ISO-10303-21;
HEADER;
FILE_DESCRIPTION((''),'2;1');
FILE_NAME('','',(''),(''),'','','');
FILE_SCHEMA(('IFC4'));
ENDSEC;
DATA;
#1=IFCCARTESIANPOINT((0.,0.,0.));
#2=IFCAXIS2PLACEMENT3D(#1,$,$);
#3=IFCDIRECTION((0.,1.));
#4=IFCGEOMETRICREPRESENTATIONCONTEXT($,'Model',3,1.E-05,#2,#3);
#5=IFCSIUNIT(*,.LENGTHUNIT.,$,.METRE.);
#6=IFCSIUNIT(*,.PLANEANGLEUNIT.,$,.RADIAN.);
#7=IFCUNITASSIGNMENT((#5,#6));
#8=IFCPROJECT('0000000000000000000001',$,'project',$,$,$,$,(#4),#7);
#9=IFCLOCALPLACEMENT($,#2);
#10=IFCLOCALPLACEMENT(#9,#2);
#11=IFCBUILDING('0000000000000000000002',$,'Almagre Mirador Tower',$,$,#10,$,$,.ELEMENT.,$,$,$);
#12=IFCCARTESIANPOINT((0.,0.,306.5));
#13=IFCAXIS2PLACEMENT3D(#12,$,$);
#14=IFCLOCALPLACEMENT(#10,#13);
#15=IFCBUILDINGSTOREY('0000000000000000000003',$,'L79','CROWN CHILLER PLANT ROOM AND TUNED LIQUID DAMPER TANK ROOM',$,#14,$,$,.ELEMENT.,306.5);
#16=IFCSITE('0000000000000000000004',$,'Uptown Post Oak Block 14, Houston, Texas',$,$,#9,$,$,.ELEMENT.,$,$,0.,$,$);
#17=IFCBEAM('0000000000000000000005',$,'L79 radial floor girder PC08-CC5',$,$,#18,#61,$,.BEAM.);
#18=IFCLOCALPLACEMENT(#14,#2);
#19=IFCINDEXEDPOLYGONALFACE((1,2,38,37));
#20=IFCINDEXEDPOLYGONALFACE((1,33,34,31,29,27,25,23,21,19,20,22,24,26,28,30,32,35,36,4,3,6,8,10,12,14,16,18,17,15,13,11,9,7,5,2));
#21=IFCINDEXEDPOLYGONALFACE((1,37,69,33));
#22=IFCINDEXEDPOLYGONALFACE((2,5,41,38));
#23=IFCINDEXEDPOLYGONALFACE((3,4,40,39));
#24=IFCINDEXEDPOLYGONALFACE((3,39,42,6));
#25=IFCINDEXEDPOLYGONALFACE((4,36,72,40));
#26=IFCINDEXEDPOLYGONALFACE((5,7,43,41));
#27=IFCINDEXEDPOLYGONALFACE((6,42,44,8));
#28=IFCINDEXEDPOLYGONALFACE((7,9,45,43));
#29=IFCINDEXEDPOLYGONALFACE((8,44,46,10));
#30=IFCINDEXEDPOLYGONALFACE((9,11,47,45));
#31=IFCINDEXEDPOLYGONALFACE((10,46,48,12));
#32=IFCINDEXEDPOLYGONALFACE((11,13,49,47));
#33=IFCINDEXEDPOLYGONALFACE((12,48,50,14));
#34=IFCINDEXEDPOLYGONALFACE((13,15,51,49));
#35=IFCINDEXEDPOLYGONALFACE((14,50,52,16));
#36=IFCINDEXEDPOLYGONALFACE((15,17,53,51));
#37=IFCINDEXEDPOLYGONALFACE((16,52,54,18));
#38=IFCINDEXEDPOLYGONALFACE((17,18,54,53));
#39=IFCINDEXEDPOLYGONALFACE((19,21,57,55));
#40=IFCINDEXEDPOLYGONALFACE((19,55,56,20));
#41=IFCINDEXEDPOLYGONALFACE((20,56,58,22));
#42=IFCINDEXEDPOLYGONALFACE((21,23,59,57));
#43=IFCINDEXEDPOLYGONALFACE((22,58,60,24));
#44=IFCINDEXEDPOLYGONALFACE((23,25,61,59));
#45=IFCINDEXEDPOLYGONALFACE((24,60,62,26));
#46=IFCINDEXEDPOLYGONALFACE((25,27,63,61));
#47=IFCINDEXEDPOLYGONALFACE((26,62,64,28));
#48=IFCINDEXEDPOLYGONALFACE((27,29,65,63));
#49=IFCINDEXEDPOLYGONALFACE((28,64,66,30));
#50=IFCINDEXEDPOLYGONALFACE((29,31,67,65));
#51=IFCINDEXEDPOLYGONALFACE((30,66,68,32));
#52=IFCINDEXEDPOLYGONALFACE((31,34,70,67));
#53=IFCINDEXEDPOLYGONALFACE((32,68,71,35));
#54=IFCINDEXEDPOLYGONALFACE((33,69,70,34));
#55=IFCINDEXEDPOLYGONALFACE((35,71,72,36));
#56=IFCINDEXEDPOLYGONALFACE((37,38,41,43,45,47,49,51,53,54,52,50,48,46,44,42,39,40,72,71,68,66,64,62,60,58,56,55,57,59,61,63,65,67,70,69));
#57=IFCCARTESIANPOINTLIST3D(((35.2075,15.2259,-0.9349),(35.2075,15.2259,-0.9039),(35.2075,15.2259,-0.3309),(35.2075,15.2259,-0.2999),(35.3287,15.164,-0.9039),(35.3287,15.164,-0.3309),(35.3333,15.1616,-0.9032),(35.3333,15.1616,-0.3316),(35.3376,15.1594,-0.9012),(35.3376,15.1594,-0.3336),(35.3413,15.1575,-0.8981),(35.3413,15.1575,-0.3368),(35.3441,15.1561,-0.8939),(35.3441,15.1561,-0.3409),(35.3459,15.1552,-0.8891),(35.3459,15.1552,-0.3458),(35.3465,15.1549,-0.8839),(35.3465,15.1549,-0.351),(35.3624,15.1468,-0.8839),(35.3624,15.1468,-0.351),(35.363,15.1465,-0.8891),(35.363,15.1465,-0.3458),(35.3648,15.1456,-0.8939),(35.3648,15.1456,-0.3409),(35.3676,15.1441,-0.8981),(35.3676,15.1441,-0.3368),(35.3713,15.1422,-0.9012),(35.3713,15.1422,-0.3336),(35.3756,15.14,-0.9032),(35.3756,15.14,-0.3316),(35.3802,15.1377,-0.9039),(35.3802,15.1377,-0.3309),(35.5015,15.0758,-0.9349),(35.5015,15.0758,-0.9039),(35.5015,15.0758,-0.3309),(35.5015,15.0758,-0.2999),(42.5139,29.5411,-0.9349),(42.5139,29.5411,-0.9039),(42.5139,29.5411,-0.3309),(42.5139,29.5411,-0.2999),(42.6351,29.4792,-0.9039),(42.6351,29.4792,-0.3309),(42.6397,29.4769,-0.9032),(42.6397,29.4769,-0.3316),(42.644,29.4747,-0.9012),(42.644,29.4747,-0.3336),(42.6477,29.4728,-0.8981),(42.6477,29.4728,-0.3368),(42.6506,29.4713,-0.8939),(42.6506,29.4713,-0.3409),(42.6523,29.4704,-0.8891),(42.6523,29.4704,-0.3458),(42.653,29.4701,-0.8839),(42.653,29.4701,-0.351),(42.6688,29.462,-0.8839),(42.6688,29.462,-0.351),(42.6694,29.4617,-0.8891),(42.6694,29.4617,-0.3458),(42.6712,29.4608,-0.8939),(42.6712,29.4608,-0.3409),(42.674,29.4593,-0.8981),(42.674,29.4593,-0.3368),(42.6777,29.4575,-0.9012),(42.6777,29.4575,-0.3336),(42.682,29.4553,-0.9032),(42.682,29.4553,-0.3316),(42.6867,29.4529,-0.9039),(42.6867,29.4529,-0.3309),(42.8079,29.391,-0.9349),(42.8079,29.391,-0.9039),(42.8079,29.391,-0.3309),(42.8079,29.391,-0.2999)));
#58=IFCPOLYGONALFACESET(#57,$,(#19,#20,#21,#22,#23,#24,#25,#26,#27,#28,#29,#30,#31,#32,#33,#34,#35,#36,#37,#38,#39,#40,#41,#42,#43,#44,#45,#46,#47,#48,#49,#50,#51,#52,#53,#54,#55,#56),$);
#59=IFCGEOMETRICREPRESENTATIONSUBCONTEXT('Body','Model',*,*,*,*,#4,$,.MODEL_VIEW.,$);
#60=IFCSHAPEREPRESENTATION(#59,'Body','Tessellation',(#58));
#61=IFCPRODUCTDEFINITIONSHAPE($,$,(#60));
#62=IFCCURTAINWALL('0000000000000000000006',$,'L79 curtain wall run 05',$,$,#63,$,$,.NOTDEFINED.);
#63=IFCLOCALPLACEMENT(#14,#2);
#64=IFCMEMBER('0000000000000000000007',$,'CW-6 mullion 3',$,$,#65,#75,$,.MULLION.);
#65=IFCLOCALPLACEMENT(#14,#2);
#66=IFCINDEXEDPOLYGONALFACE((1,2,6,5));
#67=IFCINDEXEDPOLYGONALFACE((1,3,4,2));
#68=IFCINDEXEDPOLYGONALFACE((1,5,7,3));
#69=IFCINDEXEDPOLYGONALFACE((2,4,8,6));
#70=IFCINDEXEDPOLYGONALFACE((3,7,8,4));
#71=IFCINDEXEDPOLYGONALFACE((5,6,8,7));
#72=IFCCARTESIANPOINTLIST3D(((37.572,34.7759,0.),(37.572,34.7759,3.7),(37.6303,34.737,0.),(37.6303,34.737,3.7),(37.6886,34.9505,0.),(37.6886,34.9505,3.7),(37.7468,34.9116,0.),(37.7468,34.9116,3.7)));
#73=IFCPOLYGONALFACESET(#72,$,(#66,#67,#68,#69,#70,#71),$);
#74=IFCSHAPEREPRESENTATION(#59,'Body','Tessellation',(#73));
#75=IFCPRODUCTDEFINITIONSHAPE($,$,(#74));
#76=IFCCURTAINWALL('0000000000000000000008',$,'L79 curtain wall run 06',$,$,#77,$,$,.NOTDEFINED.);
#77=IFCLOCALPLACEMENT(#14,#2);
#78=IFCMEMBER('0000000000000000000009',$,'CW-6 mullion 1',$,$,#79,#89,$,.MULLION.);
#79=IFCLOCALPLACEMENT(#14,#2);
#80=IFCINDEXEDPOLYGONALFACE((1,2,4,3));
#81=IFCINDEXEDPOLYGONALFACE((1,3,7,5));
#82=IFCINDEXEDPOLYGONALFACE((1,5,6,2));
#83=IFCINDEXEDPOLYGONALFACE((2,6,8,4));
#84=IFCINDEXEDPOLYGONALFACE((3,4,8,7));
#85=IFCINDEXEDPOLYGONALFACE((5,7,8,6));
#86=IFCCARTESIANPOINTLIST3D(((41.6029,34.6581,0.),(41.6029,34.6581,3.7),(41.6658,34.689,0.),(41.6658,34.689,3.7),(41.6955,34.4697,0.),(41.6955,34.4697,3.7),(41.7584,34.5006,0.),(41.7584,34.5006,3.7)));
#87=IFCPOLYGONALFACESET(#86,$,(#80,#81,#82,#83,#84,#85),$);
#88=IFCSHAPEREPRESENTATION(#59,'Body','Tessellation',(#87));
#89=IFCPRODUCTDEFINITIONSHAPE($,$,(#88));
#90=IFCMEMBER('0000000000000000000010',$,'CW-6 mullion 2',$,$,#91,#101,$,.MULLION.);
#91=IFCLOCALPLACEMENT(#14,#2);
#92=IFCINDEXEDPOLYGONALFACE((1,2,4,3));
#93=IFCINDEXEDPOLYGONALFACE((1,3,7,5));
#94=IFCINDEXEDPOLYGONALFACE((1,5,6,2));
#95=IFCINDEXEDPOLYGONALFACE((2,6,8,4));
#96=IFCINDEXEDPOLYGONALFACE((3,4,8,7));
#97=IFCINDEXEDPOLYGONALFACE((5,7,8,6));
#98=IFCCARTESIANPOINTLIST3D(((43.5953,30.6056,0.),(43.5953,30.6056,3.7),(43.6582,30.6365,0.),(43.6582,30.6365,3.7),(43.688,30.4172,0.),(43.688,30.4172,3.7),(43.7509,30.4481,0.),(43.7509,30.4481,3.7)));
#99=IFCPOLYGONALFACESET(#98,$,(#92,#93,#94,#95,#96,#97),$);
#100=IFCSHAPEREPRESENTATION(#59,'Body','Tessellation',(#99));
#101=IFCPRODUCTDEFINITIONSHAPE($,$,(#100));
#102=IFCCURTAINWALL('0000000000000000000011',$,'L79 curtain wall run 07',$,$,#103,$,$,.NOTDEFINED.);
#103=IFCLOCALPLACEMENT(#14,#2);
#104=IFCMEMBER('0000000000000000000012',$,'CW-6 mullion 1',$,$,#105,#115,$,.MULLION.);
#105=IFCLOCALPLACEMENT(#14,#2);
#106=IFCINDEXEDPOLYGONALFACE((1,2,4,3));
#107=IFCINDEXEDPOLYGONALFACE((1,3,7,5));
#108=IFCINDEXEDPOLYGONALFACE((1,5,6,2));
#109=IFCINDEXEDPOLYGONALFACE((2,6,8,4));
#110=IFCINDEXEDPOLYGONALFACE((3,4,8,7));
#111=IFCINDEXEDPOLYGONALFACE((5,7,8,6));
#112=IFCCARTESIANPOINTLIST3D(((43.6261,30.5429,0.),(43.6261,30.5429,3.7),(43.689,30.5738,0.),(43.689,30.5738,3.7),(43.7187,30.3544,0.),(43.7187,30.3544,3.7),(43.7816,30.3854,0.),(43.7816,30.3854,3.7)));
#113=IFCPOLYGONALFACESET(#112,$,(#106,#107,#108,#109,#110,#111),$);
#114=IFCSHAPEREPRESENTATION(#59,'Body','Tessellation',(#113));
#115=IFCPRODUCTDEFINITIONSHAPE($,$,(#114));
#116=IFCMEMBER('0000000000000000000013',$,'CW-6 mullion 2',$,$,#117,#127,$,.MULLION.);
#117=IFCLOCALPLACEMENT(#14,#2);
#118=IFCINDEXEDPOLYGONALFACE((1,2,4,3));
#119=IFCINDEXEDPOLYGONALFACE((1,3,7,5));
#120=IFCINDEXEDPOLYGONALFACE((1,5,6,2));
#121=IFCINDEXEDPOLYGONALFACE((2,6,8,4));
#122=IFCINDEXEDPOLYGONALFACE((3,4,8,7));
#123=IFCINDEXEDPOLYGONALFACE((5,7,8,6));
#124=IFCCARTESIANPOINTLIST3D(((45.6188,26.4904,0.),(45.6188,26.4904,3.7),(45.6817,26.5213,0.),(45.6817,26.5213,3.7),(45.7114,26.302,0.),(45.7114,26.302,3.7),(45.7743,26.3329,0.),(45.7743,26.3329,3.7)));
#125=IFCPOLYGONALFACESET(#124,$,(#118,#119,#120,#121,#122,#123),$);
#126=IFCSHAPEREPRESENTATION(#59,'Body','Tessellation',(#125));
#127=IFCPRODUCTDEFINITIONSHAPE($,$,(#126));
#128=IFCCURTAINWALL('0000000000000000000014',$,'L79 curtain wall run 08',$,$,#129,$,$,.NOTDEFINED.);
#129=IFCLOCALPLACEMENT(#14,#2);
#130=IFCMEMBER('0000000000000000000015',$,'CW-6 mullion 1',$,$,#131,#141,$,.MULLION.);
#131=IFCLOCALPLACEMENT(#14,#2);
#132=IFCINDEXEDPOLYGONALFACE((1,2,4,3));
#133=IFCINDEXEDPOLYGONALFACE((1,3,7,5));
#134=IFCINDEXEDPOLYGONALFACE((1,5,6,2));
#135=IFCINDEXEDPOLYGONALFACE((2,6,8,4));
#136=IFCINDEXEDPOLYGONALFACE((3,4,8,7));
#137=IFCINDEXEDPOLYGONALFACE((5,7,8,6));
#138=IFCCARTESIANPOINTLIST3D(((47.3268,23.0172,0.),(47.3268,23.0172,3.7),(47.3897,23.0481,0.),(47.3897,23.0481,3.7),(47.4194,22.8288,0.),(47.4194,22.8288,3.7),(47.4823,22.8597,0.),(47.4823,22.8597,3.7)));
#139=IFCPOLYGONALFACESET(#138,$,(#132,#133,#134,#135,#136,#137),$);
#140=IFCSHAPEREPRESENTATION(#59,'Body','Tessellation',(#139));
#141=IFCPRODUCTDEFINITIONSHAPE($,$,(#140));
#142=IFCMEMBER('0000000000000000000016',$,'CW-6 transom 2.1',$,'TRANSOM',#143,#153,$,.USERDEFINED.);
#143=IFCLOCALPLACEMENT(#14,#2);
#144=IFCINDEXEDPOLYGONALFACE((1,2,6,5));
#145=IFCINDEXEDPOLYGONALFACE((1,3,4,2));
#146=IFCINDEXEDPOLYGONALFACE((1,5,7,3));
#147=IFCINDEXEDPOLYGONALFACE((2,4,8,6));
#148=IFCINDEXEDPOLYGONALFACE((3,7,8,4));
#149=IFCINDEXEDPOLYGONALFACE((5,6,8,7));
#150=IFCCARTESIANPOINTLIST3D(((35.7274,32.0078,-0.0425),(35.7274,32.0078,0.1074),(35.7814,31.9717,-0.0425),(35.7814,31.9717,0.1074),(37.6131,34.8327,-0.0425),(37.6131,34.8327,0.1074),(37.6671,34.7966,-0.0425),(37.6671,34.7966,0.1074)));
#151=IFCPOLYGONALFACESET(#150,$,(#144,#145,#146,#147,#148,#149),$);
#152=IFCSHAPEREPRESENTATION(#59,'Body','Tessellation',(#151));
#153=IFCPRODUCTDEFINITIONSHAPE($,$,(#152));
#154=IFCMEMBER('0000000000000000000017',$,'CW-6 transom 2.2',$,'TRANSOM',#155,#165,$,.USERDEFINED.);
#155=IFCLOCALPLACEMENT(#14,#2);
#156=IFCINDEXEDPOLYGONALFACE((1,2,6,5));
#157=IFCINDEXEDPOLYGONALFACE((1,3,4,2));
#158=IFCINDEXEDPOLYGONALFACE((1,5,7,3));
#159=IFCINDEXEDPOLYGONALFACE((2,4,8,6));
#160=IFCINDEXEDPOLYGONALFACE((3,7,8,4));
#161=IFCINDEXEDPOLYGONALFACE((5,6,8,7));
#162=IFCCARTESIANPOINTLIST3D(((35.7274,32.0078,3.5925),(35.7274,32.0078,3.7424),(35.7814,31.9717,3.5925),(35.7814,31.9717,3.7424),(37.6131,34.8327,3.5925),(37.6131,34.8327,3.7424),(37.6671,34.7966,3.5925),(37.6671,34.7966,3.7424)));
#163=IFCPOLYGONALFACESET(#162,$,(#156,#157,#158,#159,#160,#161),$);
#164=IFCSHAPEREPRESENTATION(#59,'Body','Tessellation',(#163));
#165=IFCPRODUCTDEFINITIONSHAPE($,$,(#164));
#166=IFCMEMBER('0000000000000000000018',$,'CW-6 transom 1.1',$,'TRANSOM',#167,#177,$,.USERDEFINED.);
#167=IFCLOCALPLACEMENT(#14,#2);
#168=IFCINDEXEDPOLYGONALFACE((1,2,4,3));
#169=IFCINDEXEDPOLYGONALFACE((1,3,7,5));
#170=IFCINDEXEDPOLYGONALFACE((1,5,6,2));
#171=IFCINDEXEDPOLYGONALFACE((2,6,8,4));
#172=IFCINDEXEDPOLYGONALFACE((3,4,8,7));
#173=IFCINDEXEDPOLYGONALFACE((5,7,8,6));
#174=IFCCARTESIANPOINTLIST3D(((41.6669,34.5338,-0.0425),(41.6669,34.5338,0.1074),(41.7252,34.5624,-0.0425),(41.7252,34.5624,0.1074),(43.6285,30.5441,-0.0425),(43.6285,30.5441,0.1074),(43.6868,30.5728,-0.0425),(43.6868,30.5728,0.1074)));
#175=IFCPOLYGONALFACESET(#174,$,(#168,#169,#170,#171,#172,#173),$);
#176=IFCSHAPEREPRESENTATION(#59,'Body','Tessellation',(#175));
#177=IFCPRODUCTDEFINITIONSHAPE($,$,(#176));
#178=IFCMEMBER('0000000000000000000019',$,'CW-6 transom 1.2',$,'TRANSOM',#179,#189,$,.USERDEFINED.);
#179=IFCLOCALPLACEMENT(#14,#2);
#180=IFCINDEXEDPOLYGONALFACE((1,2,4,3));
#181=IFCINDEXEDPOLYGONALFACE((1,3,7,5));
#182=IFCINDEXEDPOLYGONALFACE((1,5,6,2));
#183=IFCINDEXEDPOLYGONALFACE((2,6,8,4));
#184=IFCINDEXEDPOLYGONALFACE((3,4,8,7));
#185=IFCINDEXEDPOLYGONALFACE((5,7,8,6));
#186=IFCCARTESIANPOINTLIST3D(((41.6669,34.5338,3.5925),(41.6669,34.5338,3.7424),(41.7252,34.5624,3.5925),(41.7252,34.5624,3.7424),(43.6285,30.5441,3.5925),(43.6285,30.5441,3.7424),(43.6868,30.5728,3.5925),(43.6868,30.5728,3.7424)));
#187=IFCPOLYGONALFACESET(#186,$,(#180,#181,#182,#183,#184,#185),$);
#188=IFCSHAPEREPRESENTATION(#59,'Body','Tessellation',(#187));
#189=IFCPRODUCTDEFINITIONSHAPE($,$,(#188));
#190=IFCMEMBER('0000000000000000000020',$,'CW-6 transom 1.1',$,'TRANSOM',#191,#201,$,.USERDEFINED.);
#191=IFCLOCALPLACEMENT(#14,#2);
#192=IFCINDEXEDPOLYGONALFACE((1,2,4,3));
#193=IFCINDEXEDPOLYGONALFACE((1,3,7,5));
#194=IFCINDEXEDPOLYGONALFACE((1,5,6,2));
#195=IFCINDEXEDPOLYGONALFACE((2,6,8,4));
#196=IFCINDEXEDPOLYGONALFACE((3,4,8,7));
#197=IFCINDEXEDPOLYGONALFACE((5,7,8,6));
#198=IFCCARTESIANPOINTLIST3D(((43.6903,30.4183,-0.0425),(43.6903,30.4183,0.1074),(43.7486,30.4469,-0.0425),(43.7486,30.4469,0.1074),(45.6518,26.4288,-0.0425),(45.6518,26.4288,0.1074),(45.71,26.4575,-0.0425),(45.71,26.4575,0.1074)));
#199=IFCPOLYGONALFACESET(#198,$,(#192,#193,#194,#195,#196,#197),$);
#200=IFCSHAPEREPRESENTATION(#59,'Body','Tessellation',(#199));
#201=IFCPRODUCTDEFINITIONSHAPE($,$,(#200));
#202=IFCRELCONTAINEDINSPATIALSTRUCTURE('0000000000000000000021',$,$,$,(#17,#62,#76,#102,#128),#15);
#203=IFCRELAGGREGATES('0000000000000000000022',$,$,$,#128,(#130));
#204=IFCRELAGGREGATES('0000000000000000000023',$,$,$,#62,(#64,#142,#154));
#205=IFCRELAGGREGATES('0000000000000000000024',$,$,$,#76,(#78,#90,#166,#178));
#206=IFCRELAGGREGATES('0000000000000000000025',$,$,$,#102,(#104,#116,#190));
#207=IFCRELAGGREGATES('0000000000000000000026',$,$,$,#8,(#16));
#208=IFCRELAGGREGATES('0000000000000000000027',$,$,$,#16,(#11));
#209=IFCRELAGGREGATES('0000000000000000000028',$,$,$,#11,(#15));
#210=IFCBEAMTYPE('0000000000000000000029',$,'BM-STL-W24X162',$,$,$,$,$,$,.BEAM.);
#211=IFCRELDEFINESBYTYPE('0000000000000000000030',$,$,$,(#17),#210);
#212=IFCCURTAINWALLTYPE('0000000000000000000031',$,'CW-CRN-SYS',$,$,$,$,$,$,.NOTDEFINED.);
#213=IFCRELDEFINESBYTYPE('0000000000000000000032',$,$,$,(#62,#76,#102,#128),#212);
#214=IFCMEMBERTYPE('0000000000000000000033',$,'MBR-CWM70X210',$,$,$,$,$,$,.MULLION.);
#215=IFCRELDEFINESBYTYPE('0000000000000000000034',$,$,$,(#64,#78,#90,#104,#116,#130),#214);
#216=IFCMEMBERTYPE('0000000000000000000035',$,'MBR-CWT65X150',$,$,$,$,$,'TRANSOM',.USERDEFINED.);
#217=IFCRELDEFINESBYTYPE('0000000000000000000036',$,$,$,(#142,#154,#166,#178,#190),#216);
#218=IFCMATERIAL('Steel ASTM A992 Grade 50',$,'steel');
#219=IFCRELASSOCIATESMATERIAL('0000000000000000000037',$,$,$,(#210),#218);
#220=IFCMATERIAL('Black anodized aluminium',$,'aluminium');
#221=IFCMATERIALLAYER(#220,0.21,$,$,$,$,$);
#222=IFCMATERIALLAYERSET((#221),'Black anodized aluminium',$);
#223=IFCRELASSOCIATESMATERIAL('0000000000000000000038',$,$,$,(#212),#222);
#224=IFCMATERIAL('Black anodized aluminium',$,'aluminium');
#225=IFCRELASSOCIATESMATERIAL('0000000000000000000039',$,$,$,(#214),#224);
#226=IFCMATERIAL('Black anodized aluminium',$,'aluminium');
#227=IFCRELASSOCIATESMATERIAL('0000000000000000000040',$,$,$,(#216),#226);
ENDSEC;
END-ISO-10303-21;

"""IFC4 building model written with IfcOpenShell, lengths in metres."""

from ifc_helpers import new_model, si_unit, direction, frame, origin, origin_2d, place, context, subcontext, project, spatial, rectangle, i_section, extrude, material, layer, layer_set, material_profile, profile_set, type_object, element, aggregate, save


model = new_model("IFC4")

# Units and contexts
model_context = context("Model", 3, precision=1e-05, world=origin(), true_north=direction((0.0, 1.0)))
body_context = subcontext(model_context, "Body", "Model", "MODEL_VIEW")
ifc_project = project(units=[si_unit("LENGTHUNIT", "METRE"), si_unit("PLANEANGLEUNIT", "RADIAN")], contexts=[model_context])

# Site, building, storey
site_placement = place(None, origin())
site = spatial("IfcSite", under=ifc_project, at=site_placement, Name="Uptown Post Oak Block 14, Houston, Texas", CompositionType="ELEMENT", RefElevation=0.0)
building_placement = place(site_placement, origin())
building = spatial("IfcBuilding", under=site, at=building_placement, Name="Almagre Mirador Tower", CompositionType="ELEMENT")
storey_placement = place(building_placement, frame((0.0, 0.0, 306.5)))
storey = spatial("IfcBuildingStorey", under=building, at=storey_placement, Name="L79", Description="CROWN CHILLER PLANT ROOM AND TUNED LIQUID DAMPER TANK ROOM", CompositionType="ELEMENT", Elevation=306.5)

# Beam
ifc_material_1 = material(Name="Steel ASTM A992 Grade 50", Category="steel")
ifc_material_profile_1 = material_profile(ifc_material_1, i_section(OverallWidth=0.3301, OverallDepth=0.635, WebThickness=0.0178, FlangeThickness=0.031, FilletRadius=0.02, at=origin_2d()), Name="W24X162")
ifc_profile_set_1 = profile_set([ifc_material_profile_1], Name="Steel ASTM A992 Grade 50")
beam_type_1 = type_object("IfcBeamType", Name="BM-STL-W24X162", PredefinedType="BEAM", material=ifc_profile_set_1)
beam_1_placement = place(storey_placement, frame((42.6609, 29.4661, -0.6174), z_axis=(-0.454605, -0.890693, 0.0), x_axis=(0.890693, -0.454605, 0.0)))
element("IfcBeam", 1, at=beam_1_placement, inside=storey, type_object=beam_type_1, Name="L79 radial floor girder PC08-CC5", PredefinedType="BEAM", context=body_context, shape_type="SweptSolid", body=[
    extrude(i_section(OverallWidth=0.3301, OverallDepth=0.635, WebThickness=0.0178, FlangeThickness=0.031, FilletRadius=0.02, at=origin_2d()), origin(), (0.0, 0.0, 1.0), 16.072),
])

# Curtain wall, member
ifc_material_2 = material(Name="Black anodized aluminium", Category="aluminium")
ifc_layer_1 = layer(ifc_material_2, 0.21)
ifc_layer_set_1 = layer_set([ifc_layer_1], Name="Black anodized aluminium")
curtain_wall_type = type_object("IfcCurtainWallType", Name="CW-CRN-SYS", PredefinedType="NOTDEFINED", material=ifc_layer_set_1)
curtain_wall_1_placement = place(storey_placement, origin())
curtain_wall_1 = element("IfcCurtainWall", 2, at=curtain_wall_1_placement, inside=storey, type_object=curtain_wall_type, Name="L79 curtain wall run 05", PredefinedType="NOTDEFINED")
ifc_material_3 = material(Name="Black anodized aluminium", Category="aluminium")
ifc_material_profile_2 = material_profile(ifc_material_3, rectangle(XDim=0.0701, YDim=0.21, at=origin_2d()), Name="CWM70X210")
ifc_profile_set_2 = profile_set([ifc_material_profile_2], Name="Black anodized aluminium")
member_type_1 = type_object("IfcMemberType", Name="MBR-CWM70X210", PredefinedType="MULLION", material=ifc_profile_set_2)
member_1_placement = place(storey_placement, frame((37.6594, 34.8438, 0.0), z_axis=(0.0, 0.0, 1.0), x_axis=(-0.831705, 0.555217, 0.0)))
member_1 = element("IfcMember", 3, at=member_1_placement, type_object=member_type_1, Name="CW-6 mullion 3", PredefinedType="MULLION", context=body_context, shape_type="SweptSolid", body=[
    extrude(rectangle(XDim=0.0701, YDim=0.21, at=origin_2d()), origin(), (0.0, 0.0, 1.0), 3.7),
])

# Curtain walls, members
curtain_wall_2_placement = place(storey_placement, origin())
curtain_wall_2 = element("IfcCurtainWall", 4, at=curtain_wall_2_placement, inside=storey, type_object=curtain_wall_type, Name="L79 curtain wall run 06", PredefinedType="NOTDEFINED")
member_2_placement = place(storey_placement, frame((41.6807, 34.5793, 0.0), z_axis=(0.0, 0.0, 1.0), x_axis=(0.897395, 0.441229, 0.0)))
member_2 = element("IfcMember", 5, at=member_2_placement, type_object=member_type_1, Name="CW-6 mullion 1", PredefinedType="MULLION", context=body_context, shape_type="SweptSolid", body=[
    extrude(rectangle(XDim=0.0701, YDim=0.21, at=origin_2d()), origin(), (0.0, 0.0, 1.0), 3.7),
])
member_3_placement = place(storey_placement, frame((43.6731, 30.5269, 0.0), z_axis=(0.0, 0.0, 1.0), x_axis=(0.897395, 0.441229, 0.0)))
member_3 = element("IfcMember", 6, at=member_3_placement, type_object=member_type_1, Name="CW-6 mullion 2", PredefinedType="MULLION", context=body_context, shape_type="SweptSolid", body=[
    extrude(rectangle(XDim=0.0701, YDim=0.21, at=origin_2d()), origin(), (0.0, 0.0, 1.0), 3.7),
])
curtain_wall_3_placement = place(storey_placement, origin())
curtain_wall_3 = element("IfcCurtainWall", 7, at=curtain_wall_3_placement, inside=storey, type_object=curtain_wall_type, Name="L79 curtain wall run 07", PredefinedType="NOTDEFINED")
member_4_placement = place(storey_placement, frame((43.7039, 30.4641, 0.0), z_axis=(0.0, 0.0, 1.0), x_axis=(0.897395, 0.441229, 0.0)))
member_4 = element("IfcMember", 8, at=member_4_placement, type_object=member_type_1, Name="CW-6 mullion 1", PredefinedType="MULLION", context=body_context, shape_type="SweptSolid", body=[
    extrude(rectangle(XDim=0.0701, YDim=0.21, at=origin_2d()), origin(), (0.0, 0.0, 1.0), 3.7),
])
member_5_placement = place(storey_placement, frame((45.6965, 26.4116, 0.0), z_axis=(0.0, 0.0, 1.0), x_axis=(0.897395, 0.441229, 0.0)))
member_5 = element("IfcMember", 9, at=member_5_placement, type_object=member_type_1, Name="CW-6 mullion 2", PredefinedType="MULLION", context=body_context, shape_type="SweptSolid", body=[
    extrude(rectangle(XDim=0.0701, YDim=0.21, at=origin_2d()), origin(), (0.0, 0.0, 1.0), 3.7),
])

# Curtain wall, member
curtain_wall_4_placement = place(storey_placement, origin())
curtain_wall_4 = element("IfcCurtainWall", 10, at=curtain_wall_4_placement, inside=storey, type_object=curtain_wall_type, Name="L79 curtain wall run 08", PredefinedType="NOTDEFINED")
member_6_placement = place(storey_placement, frame((47.4045, 22.9385, 0.0), z_axis=(0.0, 0.0, 1.0), x_axis=(0.897359, 0.441301, 0.0)))
member_6 = element("IfcMember", 11, at=member_6_placement, type_object=member_type_1, Name="CW-6 mullion 1", PredefinedType="MULLION", context=body_context, shape_type="SweptSolid", body=[
    extrude(rectangle(XDim=0.0701, YDim=0.21, at=origin_2d()), origin(), (0.0, 0.0, 1.0), 3.7),
])

# Members
ifc_material_4 = material(Name="Black anodized aluminium", Category="aluminium")
ifc_material_profile_3 = material_profile(ifc_material_4, rectangle(XDim=0.0649, YDim=0.1499, at=origin_2d()), Name="CWT65X150")
ifc_profile_set_3 = profile_set([ifc_material_profile_3], Name="Black anodized aluminium")
member_type_2 = type_object("IfcMemberType", Name="MBR-CWT65X150", ElementType="TRANSOM", PredefinedType="USERDEFINED", material=ifc_profile_set_3)
member_7_placement = place(storey_placement, frame((35.7544, 31.9897, 0.0325), z_axis=(0.555198, 0.831718, 0.0), x_axis=(-0.831718, 0.555198, 0.0)))
member_7 = element("IfcMember", 12, at=member_7_placement, type_object=member_type_2, Name="CW-6 transom 2.1", ObjectType="TRANSOM", PredefinedType="USERDEFINED", context=body_context, shape_type="SweptSolid", body=[
    extrude(rectangle(XDim=0.0649, YDim=0.1499, at=origin_2d()), origin(), (0.0, 0.0, 1.0), 3.3965),
])
member_8_placement = place(storey_placement, frame((35.7544, 31.9897, 3.6675), z_axis=(0.555198, 0.831718, 0.0), x_axis=(-0.831718, 0.555198, 0.0)))
member_8 = element("IfcMember", 13, at=member_8_placement, type_object=member_type_2, Name="CW-6 transom 2.2", ObjectType="TRANSOM", PredefinedType="USERDEFINED", context=body_context, shape_type="SweptSolid", body=[
    extrude(rectangle(XDim=0.0649, YDim=0.1499, at=origin_2d()), origin(), (0.0, 0.0, 1.0), 3.3965),
])
member_9_placement = place(storey_placement, frame((41.696, 34.5481, 0.0325), z_axis=(0.441229, -0.897395, 0.0), x_axis=(0.897395, 0.441229, 0.0)))
member_9 = element("IfcMember", 14, at=member_9_placement, type_object=member_type_2, Name="CW-6 transom 1.1", ObjectType="TRANSOM", PredefinedType="USERDEFINED", context=body_context, shape_type="SweptSolid", body=[
    extrude(rectangle(XDim=0.0649, YDim=0.1499, at=origin_2d()), origin(), (0.0, 0.0, 1.0), 4.4458),
])
member_10_placement = place(storey_placement, frame((41.696, 34.5481, 3.6675), z_axis=(0.441229, -0.897395, 0.0), x_axis=(0.897395, 0.441229, 0.0)))
member_10 = element("IfcMember", 15, at=member_10_placement, type_object=member_type_2, Name="CW-6 transom 1.2", ObjectType="TRANSOM", PredefinedType="USERDEFINED", context=body_context, shape_type="SweptSolid", body=[
    extrude(rectangle(XDim=0.0649, YDim=0.1499, at=origin_2d()), origin(), (0.0, 0.0, 1.0), 4.4458),
])
member_11_placement = place(storey_placement, frame((43.7195, 30.4326, 0.0325), z_axis=(0.441207, -0.897406, 0.0), x_axis=(0.897406, 0.441207, 0.0)))
member_11 = element("IfcMember", 16, at=member_11_placement, type_object=member_type_2, Name="CW-6 transom 1.1", ObjectType="TRANSOM", PredefinedType="USERDEFINED", context=body_context, shape_type="SweptSolid", body=[
    extrude(rectangle(XDim=0.0649, YDim=0.1499, at=origin_2d()), origin(), (0.0, 0.0, 1.0), 4.4456),
])
aggregate(curtain_wall_4, [member_6])

aggregate(curtain_wall_1, [member_1, member_7, member_8])
aggregate(curtain_wall_2, [member_2, member_3, member_9, member_10])
aggregate(curtain_wall_3, [member_4, member_5, member_11])

save(model, "model.ifc")
